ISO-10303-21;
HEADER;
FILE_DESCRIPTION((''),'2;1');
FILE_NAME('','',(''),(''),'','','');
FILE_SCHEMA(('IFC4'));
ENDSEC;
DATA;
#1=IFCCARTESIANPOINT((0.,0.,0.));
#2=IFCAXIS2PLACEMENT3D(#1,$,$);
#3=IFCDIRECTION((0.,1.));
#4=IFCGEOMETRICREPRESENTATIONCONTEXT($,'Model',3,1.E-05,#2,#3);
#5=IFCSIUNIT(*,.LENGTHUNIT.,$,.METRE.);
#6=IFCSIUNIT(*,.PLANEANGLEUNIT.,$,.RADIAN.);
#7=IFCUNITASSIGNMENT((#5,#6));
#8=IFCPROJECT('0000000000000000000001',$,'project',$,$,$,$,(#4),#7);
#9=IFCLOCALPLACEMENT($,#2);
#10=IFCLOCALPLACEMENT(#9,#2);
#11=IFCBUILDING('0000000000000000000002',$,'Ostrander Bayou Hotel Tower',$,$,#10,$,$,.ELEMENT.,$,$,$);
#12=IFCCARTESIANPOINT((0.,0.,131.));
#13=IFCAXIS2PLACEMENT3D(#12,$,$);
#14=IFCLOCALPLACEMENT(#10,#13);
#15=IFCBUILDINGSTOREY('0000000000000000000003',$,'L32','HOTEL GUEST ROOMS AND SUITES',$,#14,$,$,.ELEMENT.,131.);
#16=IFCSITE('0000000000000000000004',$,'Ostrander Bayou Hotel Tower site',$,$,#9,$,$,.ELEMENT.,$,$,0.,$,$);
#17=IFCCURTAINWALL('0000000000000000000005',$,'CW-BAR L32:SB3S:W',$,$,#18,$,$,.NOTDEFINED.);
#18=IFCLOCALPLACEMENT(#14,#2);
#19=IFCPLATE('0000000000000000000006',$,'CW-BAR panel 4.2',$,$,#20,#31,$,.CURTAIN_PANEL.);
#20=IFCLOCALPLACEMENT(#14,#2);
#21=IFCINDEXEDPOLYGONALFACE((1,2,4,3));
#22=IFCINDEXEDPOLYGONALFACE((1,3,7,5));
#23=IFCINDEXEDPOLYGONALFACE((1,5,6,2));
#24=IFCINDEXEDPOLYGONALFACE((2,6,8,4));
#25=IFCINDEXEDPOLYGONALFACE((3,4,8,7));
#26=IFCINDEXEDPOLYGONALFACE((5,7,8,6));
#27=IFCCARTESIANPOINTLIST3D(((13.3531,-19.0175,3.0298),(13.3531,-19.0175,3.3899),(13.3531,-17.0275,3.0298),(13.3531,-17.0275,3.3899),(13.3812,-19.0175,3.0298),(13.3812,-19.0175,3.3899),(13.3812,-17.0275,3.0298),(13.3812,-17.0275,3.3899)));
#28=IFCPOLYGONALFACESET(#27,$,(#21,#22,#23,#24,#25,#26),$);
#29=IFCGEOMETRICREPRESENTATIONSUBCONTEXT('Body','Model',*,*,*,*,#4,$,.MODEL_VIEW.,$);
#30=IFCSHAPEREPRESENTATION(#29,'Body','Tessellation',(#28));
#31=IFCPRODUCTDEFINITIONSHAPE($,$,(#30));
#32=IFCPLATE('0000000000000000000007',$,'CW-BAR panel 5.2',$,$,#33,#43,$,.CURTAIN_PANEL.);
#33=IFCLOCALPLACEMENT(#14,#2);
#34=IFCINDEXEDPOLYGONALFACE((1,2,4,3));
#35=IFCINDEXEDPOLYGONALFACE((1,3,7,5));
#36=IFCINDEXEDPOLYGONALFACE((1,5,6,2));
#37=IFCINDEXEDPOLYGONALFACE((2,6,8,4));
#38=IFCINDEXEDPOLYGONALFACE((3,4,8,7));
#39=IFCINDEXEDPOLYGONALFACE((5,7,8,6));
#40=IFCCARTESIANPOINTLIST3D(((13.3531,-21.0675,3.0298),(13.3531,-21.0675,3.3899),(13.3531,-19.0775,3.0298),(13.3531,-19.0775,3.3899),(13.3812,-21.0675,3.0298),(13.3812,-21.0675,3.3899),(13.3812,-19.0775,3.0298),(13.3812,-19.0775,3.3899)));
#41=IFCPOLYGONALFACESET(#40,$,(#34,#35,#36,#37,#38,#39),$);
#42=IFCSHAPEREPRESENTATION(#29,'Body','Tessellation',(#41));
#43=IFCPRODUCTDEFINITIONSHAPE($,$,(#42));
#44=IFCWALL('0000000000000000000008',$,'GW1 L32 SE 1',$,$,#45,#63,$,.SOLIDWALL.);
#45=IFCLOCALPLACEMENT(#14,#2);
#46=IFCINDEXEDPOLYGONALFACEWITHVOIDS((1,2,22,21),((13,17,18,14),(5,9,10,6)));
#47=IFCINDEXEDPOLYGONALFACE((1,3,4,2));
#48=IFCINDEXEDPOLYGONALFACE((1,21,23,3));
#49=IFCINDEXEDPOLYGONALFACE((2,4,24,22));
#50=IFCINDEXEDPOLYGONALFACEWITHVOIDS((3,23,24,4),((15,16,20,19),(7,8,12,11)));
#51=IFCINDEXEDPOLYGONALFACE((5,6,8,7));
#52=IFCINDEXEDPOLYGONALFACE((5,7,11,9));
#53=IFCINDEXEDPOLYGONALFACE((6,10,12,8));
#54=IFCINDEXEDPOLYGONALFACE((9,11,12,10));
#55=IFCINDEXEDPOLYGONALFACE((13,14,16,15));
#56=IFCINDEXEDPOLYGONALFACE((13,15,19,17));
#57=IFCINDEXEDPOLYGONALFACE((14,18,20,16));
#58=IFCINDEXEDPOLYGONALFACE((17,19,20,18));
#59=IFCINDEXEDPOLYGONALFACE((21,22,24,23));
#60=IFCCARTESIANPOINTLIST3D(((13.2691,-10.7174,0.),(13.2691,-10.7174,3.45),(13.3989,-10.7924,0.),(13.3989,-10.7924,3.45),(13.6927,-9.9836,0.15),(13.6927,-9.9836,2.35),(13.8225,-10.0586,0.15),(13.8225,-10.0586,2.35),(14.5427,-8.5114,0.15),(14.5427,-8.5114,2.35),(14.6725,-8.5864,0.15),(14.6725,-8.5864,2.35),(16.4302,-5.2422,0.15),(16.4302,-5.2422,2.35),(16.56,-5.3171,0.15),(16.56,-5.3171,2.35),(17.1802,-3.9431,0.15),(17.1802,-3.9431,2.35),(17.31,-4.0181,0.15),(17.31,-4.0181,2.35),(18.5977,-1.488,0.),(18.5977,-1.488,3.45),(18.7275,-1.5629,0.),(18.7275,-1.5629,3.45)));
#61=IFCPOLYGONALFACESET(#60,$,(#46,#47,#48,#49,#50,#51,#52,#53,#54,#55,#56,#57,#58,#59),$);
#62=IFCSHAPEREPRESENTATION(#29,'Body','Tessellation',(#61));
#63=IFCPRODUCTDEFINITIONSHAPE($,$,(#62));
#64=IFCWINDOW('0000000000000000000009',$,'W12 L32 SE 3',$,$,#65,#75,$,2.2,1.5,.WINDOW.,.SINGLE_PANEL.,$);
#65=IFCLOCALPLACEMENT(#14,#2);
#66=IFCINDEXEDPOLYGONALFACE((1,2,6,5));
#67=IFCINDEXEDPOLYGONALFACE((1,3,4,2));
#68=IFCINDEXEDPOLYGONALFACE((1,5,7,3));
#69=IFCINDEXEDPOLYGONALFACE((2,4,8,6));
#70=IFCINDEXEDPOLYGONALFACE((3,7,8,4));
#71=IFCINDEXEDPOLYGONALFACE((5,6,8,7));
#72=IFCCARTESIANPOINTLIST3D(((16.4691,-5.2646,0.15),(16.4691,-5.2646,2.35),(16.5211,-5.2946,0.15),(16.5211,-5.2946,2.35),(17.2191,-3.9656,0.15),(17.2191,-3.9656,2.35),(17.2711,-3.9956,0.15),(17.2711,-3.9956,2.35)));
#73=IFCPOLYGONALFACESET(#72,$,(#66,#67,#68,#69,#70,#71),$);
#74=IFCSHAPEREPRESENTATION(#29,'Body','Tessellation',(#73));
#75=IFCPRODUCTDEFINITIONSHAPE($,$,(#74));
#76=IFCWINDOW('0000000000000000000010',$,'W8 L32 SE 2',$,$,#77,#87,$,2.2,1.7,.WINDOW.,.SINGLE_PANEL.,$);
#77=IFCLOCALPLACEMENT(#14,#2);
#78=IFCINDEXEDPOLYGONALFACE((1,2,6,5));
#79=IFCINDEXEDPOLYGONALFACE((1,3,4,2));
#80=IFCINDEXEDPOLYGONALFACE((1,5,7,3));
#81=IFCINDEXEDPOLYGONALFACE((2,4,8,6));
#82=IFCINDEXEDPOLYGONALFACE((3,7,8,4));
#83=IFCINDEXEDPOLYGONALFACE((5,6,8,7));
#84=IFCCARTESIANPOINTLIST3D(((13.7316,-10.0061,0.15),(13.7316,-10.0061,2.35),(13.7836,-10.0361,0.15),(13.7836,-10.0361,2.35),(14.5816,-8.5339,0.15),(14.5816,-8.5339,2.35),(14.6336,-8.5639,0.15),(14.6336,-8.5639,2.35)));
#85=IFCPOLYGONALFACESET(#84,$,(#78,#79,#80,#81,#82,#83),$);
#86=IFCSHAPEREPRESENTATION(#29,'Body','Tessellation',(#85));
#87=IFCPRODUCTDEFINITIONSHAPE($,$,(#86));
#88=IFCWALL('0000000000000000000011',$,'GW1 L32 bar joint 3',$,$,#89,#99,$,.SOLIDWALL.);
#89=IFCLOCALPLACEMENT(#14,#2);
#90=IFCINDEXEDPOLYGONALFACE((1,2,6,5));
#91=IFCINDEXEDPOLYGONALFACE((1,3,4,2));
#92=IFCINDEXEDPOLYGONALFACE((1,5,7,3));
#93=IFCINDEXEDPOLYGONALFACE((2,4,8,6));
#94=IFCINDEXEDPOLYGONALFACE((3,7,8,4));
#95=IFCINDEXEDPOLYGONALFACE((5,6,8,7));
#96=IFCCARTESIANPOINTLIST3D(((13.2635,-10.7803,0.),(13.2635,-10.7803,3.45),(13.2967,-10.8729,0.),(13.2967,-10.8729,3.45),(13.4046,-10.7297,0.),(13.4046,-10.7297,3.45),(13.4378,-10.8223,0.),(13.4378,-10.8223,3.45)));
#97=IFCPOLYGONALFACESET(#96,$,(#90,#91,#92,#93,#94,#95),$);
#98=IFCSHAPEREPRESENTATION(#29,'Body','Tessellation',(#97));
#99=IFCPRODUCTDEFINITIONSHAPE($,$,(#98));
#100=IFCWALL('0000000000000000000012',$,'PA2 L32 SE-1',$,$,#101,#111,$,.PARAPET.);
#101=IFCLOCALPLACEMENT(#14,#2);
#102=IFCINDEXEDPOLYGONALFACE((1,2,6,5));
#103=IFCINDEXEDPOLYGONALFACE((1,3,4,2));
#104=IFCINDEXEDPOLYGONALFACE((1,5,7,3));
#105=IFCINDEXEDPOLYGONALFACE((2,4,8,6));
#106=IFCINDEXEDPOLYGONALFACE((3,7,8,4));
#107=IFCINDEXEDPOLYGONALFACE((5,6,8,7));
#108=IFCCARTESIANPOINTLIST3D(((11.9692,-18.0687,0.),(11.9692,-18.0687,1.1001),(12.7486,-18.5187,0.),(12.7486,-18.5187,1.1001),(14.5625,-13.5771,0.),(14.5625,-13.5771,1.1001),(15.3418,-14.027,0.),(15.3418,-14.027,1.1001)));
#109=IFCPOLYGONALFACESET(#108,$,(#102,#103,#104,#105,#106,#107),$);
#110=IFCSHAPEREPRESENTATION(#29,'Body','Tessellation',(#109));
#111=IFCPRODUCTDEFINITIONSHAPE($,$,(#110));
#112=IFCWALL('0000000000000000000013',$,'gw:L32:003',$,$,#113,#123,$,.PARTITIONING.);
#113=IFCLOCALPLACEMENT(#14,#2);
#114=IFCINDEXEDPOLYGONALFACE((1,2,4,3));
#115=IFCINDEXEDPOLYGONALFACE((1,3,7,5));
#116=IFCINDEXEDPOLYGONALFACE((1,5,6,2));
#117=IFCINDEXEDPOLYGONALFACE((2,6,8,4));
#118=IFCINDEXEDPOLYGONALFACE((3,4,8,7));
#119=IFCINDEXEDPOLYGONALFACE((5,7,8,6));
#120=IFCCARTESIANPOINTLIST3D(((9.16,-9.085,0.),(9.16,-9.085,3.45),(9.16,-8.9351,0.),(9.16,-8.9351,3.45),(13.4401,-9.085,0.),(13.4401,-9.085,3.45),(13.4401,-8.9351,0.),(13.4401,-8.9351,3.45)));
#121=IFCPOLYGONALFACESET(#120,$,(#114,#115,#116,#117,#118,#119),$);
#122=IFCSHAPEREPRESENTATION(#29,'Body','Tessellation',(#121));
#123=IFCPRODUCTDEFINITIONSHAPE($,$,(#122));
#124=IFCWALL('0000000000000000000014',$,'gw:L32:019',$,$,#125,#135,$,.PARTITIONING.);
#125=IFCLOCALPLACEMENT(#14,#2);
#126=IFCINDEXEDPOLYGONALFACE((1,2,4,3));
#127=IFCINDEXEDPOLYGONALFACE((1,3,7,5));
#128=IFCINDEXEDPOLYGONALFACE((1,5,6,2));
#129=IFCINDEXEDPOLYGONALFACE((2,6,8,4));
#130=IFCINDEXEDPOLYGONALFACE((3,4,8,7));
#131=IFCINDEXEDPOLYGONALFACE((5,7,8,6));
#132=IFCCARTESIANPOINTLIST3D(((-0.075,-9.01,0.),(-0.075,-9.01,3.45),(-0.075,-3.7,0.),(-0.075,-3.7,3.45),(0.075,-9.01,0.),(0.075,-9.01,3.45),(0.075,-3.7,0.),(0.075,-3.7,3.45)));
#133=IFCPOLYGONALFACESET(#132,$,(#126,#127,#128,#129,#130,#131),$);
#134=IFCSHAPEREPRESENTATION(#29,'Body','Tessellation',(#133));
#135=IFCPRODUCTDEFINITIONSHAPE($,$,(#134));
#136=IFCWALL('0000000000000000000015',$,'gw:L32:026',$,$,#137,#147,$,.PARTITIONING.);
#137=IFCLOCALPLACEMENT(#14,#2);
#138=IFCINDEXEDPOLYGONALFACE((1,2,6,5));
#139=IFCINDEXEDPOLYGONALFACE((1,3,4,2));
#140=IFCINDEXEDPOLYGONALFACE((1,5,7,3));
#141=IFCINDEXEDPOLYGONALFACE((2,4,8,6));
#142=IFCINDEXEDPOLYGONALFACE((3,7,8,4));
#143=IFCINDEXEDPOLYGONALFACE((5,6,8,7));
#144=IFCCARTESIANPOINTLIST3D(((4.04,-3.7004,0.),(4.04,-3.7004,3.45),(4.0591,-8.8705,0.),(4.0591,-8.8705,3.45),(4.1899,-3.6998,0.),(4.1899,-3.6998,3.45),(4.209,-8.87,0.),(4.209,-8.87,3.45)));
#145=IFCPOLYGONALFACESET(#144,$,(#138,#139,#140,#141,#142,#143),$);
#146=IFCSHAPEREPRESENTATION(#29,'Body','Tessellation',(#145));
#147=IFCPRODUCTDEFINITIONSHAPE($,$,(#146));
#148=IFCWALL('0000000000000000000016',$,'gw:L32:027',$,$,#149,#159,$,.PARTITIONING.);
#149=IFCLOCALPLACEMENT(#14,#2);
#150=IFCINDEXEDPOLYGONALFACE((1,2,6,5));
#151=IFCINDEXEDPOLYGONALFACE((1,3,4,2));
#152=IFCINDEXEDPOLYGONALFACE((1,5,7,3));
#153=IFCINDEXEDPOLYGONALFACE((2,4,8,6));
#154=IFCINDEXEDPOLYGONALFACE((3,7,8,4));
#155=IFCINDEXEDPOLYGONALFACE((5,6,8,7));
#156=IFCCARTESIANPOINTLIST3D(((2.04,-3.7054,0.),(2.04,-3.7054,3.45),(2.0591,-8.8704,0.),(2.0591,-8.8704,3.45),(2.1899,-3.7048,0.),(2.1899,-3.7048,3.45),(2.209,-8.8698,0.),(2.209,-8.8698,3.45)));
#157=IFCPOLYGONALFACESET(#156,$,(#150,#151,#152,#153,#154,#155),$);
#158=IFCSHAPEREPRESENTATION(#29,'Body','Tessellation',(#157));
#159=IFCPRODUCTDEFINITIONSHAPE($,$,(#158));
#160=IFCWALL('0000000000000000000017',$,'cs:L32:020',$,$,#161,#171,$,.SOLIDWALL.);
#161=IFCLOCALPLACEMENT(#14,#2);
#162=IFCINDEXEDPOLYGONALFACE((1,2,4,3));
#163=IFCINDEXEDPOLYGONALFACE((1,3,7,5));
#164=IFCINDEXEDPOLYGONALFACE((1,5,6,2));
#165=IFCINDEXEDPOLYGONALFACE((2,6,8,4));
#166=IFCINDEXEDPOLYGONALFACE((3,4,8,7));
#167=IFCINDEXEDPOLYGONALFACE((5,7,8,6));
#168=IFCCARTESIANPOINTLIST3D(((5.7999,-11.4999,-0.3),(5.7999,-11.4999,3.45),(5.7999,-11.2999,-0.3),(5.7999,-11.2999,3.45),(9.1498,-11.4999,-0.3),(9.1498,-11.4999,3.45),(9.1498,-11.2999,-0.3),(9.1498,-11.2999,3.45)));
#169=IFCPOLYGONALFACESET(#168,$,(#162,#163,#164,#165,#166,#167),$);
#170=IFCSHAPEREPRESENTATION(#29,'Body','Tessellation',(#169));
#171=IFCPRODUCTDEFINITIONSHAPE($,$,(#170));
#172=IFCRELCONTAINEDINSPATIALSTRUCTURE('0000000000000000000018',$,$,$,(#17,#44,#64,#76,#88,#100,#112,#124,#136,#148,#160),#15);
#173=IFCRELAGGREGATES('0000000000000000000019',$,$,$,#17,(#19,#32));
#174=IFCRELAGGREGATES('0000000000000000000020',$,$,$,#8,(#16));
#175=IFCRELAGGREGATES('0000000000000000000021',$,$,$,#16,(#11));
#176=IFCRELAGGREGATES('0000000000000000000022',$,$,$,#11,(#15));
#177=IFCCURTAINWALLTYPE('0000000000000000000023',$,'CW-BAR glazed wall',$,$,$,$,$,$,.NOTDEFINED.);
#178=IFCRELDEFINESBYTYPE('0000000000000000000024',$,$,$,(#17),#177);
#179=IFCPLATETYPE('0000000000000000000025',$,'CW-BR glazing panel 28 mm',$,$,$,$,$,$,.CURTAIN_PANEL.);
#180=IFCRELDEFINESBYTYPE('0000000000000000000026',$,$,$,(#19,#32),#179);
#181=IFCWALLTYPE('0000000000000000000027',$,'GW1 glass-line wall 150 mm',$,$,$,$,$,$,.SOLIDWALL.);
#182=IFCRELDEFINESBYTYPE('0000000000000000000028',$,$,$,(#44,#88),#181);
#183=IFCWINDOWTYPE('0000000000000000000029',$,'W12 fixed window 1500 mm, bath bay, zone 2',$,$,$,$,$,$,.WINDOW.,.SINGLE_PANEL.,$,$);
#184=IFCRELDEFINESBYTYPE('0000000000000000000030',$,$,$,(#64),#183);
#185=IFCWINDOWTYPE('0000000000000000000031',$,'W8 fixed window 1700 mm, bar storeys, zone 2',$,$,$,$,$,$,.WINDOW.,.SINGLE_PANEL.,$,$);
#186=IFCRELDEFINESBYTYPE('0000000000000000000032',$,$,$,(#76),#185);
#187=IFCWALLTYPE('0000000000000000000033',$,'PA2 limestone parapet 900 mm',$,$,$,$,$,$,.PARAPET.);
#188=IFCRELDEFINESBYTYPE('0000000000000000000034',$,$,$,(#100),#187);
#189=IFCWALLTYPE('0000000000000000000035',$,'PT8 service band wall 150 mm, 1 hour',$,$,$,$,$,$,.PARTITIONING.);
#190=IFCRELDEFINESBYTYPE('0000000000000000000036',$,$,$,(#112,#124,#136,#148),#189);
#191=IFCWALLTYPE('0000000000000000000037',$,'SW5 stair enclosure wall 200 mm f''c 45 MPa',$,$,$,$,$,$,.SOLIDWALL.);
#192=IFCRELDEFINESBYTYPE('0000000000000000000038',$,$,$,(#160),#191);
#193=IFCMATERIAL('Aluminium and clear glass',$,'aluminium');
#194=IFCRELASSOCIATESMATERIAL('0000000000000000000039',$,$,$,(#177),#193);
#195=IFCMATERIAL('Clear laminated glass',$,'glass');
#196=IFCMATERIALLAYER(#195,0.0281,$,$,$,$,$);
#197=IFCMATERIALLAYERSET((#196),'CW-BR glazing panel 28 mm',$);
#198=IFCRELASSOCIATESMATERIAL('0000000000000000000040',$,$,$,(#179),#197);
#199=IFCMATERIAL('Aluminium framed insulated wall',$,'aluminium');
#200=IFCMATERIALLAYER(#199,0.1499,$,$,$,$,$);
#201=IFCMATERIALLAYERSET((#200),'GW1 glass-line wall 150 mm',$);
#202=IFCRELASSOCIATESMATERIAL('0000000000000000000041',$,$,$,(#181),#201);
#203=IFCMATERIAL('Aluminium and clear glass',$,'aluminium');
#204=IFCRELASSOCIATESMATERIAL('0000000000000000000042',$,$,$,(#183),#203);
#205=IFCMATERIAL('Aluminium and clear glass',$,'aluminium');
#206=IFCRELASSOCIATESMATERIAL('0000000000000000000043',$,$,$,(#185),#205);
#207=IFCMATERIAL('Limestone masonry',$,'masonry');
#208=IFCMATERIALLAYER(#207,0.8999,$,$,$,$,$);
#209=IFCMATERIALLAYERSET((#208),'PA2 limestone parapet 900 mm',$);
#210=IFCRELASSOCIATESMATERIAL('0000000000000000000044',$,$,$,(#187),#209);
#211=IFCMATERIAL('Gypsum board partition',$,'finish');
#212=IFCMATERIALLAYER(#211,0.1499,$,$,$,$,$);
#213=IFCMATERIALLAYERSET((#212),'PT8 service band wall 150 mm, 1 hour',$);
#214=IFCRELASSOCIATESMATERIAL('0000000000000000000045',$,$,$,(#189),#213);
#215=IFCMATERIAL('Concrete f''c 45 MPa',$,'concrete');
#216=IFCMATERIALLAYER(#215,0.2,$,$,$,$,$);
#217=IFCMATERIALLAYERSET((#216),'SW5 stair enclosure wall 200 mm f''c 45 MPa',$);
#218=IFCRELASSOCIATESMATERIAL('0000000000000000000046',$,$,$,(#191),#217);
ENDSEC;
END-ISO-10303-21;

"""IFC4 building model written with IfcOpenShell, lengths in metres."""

from ifc_helpers import new_model, si_unit, direction, frame, frame_2d, origin, origin_2d, place, context, subcontext, project, spatial, rectangle, extrude, material, layer, layer_set, type_object, element, fill, aggregate, save


model = new_model("IFC4")

# Units and contexts
model_context = context("Model", 3, precision=1e-05, world=origin(), true_north=direction((0.0, 1.0)))
body_context = subcontext(model_context, "Body", "Model", "MODEL_VIEW")
ifc_project = project(units=[si_unit("LENGTHUNIT", "METRE"), si_unit("PLANEANGLEUNIT", "RADIAN")], contexts=[model_context])

# Site, building, storey
site_placement = place(None, origin())
site = spatial("IfcSite", under=ifc_project, at=site_placement, Name="Ostrander Bayou Hotel Tower site", CompositionType="ELEMENT", RefElevation=0.0)
building_placement = place(site_placement, origin())
building = spatial("IfcBuilding", under=site, at=building_placement, Name="Ostrander Bayou Hotel Tower", CompositionType="ELEMENT")
storey_placement = place(building_placement, frame((0.0, 0.0, 131.0)))
storey = spatial("IfcBuildingStorey", under=building, at=storey_placement, Name="L32", Description="HOTEL GUEST ROOMS AND SUITES", CompositionType="ELEMENT", Elevation=131.0)

# Curtain wall
ifc_material_1 = material(Name="Aluminium and clear glass", Category="aluminium")
curtain_wall_type = type_object("IfcCurtainWallType", Name="CW-BAR glazed wall", PredefinedType="NOTDEFINED", material=ifc_material_1)
curtain_wall_placement = place(storey_placement, origin())
curtain_wall = element("IfcCurtainWall", 1, at=curtain_wall_placement, inside=storey, type_object=curtain_wall_type, Name="CW-BAR L32:SB3S:W", PredefinedType="NOTDEFINED")

# Plates
ifc_material_2 = material(Name="Clear laminated glass", Category="glass")
ifc_layer_1 = layer(ifc_material_2, 0.0281)
ifc_layer_set_1 = layer_set([ifc_layer_1], Name="CW-BR glazing panel 28 mm")
plate_type = type_object("IfcPlateType", Name="CW-BR glazing panel 28 mm", PredefinedType="CURTAIN_PANEL", material=ifc_layer_set_1)
plate_1_placement = place(storey_placement, frame((13.3672, -18.0225, 3.0298), z_axis=(0.0, 0.0, 1.0), x_axis=(0.0, -1.0, 0.0)))
plate_1 = element("IfcPlate", 2, at=plate_1_placement, type_object=plate_type, Name="CW-BAR panel 4.2", PredefinedType="CURTAIN_PANEL", context=body_context, shape_type="SweptSolid", body=[
    extrude(rectangle(XDim=1.99, YDim=0.0281, at=origin_2d()), origin(), (0.0, 0.0, 1.0), 0.3601),
])
plate_2_placement = place(storey_placement, frame((13.3672, -20.0725, 3.0298), z_axis=(0.0, 0.0, 1.0), x_axis=(0.0, -1.0, 0.0)))
plate_2 = element("IfcPlate", 3, at=plate_2_placement, type_object=plate_type, Name="CW-BAR panel 5.2", PredefinedType="CURTAIN_PANEL", context=body_context, shape_type="SweptSolid", body=[
    extrude(rectangle(XDim=1.99, YDim=0.0281, at=origin_2d()), origin(), (0.0, 0.0, 1.0), 0.3601),
])
aggregate(curtain_wall, [plate_1, plate_2])

# Wall, openings, windows
ifc_material_3 = material(Name="Aluminium framed insulated wall", Category="aluminium")
ifc_layer_2 = layer(ifc_material_3, 0.1499)
ifc_layer_set_2 = layer_set([ifc_layer_2], Name="GW1 glass-line wall 150 mm")
wall_type_1 = type_object("IfcWallType", Name="GW1 glass-line wall 150 mm", PredefinedType="SOLIDWALL", material=ifc_layer_set_2)
wall_1_placement = place(storey_placement, frame((13.334, -10.7549, 0.0), z_axis=(0.0, 0.0, 1.0), x_axis=(0.499997, 0.866027, 0.0)))
wall_1 = element("IfcWall", 4, at=wall_1_placement, inside=storey, type_object=wall_type_1, Name="GW1 L32 SE 1", PredefinedType="SOLIDWALL", context=body_context, shape_type="SweptSolid", body=[
    extrude(rectangle(XDim=10.6572, YDim=0.1499, at=frame_2d((5.3286, 0.0))), origin(), (0.0, 0.0, 1.0), 3.45),
])
opening_1_placement = place(wall_1_placement, frame((0.8472, 0.0, 0.1499)))
opening_1 = element("IfcOpeningElement", 5, at=opening_1_placement, cuts=wall_1, PredefinedType="OPENING", context=body_context, shape_type="SweptSolid", body=[
    extrude(rectangle(XDim=1.7, YDim=2.2, at=frame_2d((0.8501, 1.1001))), frame((0.0, 0.075, 0.0), z_axis=(0.0, -1.0, 0.0), x_axis=(1.0, 0.0, 0.0)), (0.0, 0.0, 1.0), 0.1499),
])
opening_2_placement = place(wall_1_placement, frame((6.3223, 0.0, 0.1499)))
opening_2 = element("IfcOpeningElement", 6, at=opening_2_placement, cuts=wall_1, PredefinedType="OPENING", context=body_context, shape_type="SweptSolid", body=[
    extrude(rectangle(XDim=1.5, YDim=2.2, at=frame_2d((0.75, 1.1001))), frame((0.0, 0.075, 0.0), z_axis=(0.0, -1.0, 0.0), x_axis=(1.0, 0.0, 0.0)), (0.0, 0.0, 1.0), 0.1499),
])
ifc_material_4 = material(Name="Aluminium and clear glass", Category="aluminium")
window_type_1 = type_object("IfcWindowType", Name="W12 fixed window 1500 mm, bath bay, zone 2", PartitioningType="SINGLE_PANEL", PredefinedType="WINDOW", material=ifc_material_4)
window_1_placement = place(opening_2_placement, origin())
window_1 = element("IfcWindow", 7, at=window_1_placement, inside=storey, type_object=window_type_1, Name="W12 L32 SE 3", OverallHeight=2.2, OverallWidth=1.5, PartitioningType="SINGLE_PANEL", PredefinedType="WINDOW", context=body_context, shape_type="SweptSolid", body=[
    extrude(rectangle(XDim=1.5, YDim=2.2, at=frame_2d((0.75, 1.1001))), frame((0.0, 0.03, 0.0), z_axis=(0.0, -1.0, 0.0), x_axis=(1.0, 0.0, 0.0)), (0.0, 0.0, 1.0), 0.0601),
])
fill(opening_2, window_1)
ifc_material_5 = material(Name="Aluminium and clear glass", Category="aluminium")
window_type_2 = type_object("IfcWindowType", Name="W8 fixed window 1700 mm, bar storeys, zone 2", PartitioningType="SINGLE_PANEL", PredefinedType="WINDOW", material=ifc_material_5)
window_2_placement = place(opening_1_placement, origin())
window_2 = element("IfcWindow", 8, at=window_2_placement, inside=storey, type_object=window_type_2, Name="W8 L32 SE 2", OverallHeight=2.2, OverallWidth=1.7, PartitioningType="SINGLE_PANEL", PredefinedType="WINDOW", context=body_context, shape_type="SweptSolid", body=[
    extrude(rectangle(XDim=1.7, YDim=2.2, at=frame_2d((0.8501, 1.1001))), frame((0.0, 0.03, 0.0), z_axis=(0.0, -1.0, 0.0), x_axis=(1.0, 0.0, 0.0)), (0.0, 0.0, 1.0), 0.0601),
])
fill(opening_1, window_2)

# Walls
wall_2_placement = place(storey_placement, frame((13.334, -10.7549, 0.0), z_axis=(0.0, 0.0, 1.0), x_axis=(0.337752, -0.941235, 0.0)))
element("IfcWall", 9, at=wall_2_placement, inside=storey, type_object=wall_type_1, Name="GW1 L32 bar joint 3", PredefinedType="SOLIDWALL", context=body_context, shape_type="SweptSolid", body=[
    extrude(rectangle(XDim=0.0984, YDim=0.1499, at=frame_2d((0.0493, 0.0))), origin(), (0.0, 0.0, 1.0), 3.45),
])
ifc_material_6 = material(Name="Limestone masonry", Category="masonry")
ifc_layer_3 = layer(ifc_material_6, 0.8999)
ifc_layer_set_3 = layer_set([ifc_layer_3], Name="PA2 limestone parapet 900 mm")
wall_type_2 = type_object("IfcWallType", Name="PA2 limestone parapet 900 mm", PredefinedType="PARAPET", material=ifc_layer_set_3)
wall_3_placement = place(storey_placement, frame((12.3589, -18.2937, 0.0), z_axis=(0.0, 0.0, 1.0), x_axis=(0.499997, 0.866027, 0.0)))
element("IfcWall", 10, at=wall_3_placement, inside=storey, type_object=wall_type_2, Name="PA2 L32 SE-1", PredefinedType="PARAPET", context=body_context, shape_type="SweptSolid", body=[
    extrude(rectangle(XDim=5.1865, YDim=0.8999, at=frame_2d((2.5933, 0.0))), origin(), (0.0, 0.0, 1.0), 1.1001),
])
ifc_material_7 = material(Name="Gypsum board partition", Category="finish")
ifc_layer_4 = layer(ifc_material_7, 0.1499)
ifc_layer_set_4 = layer_set([ifc_layer_4], Name="PT8 service band wall 150 mm, 1 hour")
wall_type_3 = type_object("IfcWallType", Name="PT8 service band wall 150 mm, 1 hour", PredefinedType="PARTITIONING", material=ifc_layer_set_4)
wall_4_placement = place(storey_placement, frame((9.1599, -9.01, 0.0), z_axis=(0.0, 0.0, 1.0), x_axis=(1.0, 0.0, 0.0)))
element("IfcWall", 11, at=wall_4_placement, inside=storey, type_object=wall_type_3, Name="gw:L32:003", PredefinedType="PARTITIONING", context=body_context, shape_type="SweptSolid", body=[
    extrude(rectangle(XDim=4.28, YDim=0.1499, at=frame_2d((2.1401, 0.0))), origin(), (0.0, 0.0, 1.0), 3.45),
])
wall_5_placement = place(storey_placement, frame((0.0, -9.01, 0.0), z_axis=(0.0, 0.0, 1.0), x_axis=(0.0, 1.0, 0.0)))
element("IfcWall", 12, at=wall_5_placement, inside=storey, type_object=wall_type_3, Name="gw:L32:019", PredefinedType="PARTITIONING", context=body_context, shape_type="SweptSolid", body=[
    extrude(rectangle(XDim=5.3101, YDim=0.1499, at=frame_2d((2.655, 0.0))), origin(), (0.0, 0.0, 1.0), 3.45),
])
wall_6_placement = place(storey_placement, frame((4.134, -8.8701, 0.0), z_axis=(0.0, 0.0, 1.0), x_axis=(-0.003683, 0.999993, 0.0)))
element("IfcWall", 13, at=wall_6_placement, inside=storey, type_object=wall_type_3, Name="gw:L32:026", PredefinedType="PARTITIONING", context=body_context, shape_type="SweptSolid", body=[
    extrude(rectangle(XDim=5.1702, YDim=0.1499, at=frame_2d((2.585, 0.0))), origin(), (0.0, 0.0, 1.0), 3.45),
])
wall_7_placement = place(storey_placement, frame((2.134, -8.8701, 0.0), z_axis=(0.0, 0.0, 1.0), x_axis=(-0.003687, 0.999993, 0.0)))
element("IfcWall", 14, at=wall_7_placement, inside=storey, type_object=wall_type_3, Name="gw:L32:027", PredefinedType="PARTITIONING", context=body_context, shape_type="SweptSolid", body=[
    extrude(rectangle(XDim=5.165, YDim=0.1499, at=frame_2d((2.5825, 0.0))), origin(), (0.0, 0.0, 1.0), 3.45),
])
ifc_material_8 = material(Name="Concrete f'c 45 MPa", Category="concrete")
ifc_layer_5 = layer(ifc_material_8, 0.2)
ifc_layer_set_5 = layer_set([ifc_layer_5], Name="SW5 stair enclosure wall 200 mm f'c 45 MPa")
wall_type_4 = type_object("IfcWallType", Name="SW5 stair enclosure wall 200 mm f'c 45 MPa", PredefinedType="SOLIDWALL", material=ifc_layer_set_5)
wall_8_placement = place(storey_placement, frame((5.8, -11.3999, -0.3), z_axis=(0.0, 0.0, 1.0), x_axis=(1.0, 0.0, 0.0)))
element("IfcWall", 15, at=wall_8_placement, inside=storey, type_object=wall_type_4, Name="cs:L32:020", PredefinedType="SOLIDWALL", context=body_context, shape_type="SweptSolid", body=[
    extrude(rectangle(XDim=3.3499, YDim=0.2, at=frame_2d((1.6748, 0.0))), origin(), (0.0, 0.0, 1.0), 3.75),
])

save(model, "model.ifc")
